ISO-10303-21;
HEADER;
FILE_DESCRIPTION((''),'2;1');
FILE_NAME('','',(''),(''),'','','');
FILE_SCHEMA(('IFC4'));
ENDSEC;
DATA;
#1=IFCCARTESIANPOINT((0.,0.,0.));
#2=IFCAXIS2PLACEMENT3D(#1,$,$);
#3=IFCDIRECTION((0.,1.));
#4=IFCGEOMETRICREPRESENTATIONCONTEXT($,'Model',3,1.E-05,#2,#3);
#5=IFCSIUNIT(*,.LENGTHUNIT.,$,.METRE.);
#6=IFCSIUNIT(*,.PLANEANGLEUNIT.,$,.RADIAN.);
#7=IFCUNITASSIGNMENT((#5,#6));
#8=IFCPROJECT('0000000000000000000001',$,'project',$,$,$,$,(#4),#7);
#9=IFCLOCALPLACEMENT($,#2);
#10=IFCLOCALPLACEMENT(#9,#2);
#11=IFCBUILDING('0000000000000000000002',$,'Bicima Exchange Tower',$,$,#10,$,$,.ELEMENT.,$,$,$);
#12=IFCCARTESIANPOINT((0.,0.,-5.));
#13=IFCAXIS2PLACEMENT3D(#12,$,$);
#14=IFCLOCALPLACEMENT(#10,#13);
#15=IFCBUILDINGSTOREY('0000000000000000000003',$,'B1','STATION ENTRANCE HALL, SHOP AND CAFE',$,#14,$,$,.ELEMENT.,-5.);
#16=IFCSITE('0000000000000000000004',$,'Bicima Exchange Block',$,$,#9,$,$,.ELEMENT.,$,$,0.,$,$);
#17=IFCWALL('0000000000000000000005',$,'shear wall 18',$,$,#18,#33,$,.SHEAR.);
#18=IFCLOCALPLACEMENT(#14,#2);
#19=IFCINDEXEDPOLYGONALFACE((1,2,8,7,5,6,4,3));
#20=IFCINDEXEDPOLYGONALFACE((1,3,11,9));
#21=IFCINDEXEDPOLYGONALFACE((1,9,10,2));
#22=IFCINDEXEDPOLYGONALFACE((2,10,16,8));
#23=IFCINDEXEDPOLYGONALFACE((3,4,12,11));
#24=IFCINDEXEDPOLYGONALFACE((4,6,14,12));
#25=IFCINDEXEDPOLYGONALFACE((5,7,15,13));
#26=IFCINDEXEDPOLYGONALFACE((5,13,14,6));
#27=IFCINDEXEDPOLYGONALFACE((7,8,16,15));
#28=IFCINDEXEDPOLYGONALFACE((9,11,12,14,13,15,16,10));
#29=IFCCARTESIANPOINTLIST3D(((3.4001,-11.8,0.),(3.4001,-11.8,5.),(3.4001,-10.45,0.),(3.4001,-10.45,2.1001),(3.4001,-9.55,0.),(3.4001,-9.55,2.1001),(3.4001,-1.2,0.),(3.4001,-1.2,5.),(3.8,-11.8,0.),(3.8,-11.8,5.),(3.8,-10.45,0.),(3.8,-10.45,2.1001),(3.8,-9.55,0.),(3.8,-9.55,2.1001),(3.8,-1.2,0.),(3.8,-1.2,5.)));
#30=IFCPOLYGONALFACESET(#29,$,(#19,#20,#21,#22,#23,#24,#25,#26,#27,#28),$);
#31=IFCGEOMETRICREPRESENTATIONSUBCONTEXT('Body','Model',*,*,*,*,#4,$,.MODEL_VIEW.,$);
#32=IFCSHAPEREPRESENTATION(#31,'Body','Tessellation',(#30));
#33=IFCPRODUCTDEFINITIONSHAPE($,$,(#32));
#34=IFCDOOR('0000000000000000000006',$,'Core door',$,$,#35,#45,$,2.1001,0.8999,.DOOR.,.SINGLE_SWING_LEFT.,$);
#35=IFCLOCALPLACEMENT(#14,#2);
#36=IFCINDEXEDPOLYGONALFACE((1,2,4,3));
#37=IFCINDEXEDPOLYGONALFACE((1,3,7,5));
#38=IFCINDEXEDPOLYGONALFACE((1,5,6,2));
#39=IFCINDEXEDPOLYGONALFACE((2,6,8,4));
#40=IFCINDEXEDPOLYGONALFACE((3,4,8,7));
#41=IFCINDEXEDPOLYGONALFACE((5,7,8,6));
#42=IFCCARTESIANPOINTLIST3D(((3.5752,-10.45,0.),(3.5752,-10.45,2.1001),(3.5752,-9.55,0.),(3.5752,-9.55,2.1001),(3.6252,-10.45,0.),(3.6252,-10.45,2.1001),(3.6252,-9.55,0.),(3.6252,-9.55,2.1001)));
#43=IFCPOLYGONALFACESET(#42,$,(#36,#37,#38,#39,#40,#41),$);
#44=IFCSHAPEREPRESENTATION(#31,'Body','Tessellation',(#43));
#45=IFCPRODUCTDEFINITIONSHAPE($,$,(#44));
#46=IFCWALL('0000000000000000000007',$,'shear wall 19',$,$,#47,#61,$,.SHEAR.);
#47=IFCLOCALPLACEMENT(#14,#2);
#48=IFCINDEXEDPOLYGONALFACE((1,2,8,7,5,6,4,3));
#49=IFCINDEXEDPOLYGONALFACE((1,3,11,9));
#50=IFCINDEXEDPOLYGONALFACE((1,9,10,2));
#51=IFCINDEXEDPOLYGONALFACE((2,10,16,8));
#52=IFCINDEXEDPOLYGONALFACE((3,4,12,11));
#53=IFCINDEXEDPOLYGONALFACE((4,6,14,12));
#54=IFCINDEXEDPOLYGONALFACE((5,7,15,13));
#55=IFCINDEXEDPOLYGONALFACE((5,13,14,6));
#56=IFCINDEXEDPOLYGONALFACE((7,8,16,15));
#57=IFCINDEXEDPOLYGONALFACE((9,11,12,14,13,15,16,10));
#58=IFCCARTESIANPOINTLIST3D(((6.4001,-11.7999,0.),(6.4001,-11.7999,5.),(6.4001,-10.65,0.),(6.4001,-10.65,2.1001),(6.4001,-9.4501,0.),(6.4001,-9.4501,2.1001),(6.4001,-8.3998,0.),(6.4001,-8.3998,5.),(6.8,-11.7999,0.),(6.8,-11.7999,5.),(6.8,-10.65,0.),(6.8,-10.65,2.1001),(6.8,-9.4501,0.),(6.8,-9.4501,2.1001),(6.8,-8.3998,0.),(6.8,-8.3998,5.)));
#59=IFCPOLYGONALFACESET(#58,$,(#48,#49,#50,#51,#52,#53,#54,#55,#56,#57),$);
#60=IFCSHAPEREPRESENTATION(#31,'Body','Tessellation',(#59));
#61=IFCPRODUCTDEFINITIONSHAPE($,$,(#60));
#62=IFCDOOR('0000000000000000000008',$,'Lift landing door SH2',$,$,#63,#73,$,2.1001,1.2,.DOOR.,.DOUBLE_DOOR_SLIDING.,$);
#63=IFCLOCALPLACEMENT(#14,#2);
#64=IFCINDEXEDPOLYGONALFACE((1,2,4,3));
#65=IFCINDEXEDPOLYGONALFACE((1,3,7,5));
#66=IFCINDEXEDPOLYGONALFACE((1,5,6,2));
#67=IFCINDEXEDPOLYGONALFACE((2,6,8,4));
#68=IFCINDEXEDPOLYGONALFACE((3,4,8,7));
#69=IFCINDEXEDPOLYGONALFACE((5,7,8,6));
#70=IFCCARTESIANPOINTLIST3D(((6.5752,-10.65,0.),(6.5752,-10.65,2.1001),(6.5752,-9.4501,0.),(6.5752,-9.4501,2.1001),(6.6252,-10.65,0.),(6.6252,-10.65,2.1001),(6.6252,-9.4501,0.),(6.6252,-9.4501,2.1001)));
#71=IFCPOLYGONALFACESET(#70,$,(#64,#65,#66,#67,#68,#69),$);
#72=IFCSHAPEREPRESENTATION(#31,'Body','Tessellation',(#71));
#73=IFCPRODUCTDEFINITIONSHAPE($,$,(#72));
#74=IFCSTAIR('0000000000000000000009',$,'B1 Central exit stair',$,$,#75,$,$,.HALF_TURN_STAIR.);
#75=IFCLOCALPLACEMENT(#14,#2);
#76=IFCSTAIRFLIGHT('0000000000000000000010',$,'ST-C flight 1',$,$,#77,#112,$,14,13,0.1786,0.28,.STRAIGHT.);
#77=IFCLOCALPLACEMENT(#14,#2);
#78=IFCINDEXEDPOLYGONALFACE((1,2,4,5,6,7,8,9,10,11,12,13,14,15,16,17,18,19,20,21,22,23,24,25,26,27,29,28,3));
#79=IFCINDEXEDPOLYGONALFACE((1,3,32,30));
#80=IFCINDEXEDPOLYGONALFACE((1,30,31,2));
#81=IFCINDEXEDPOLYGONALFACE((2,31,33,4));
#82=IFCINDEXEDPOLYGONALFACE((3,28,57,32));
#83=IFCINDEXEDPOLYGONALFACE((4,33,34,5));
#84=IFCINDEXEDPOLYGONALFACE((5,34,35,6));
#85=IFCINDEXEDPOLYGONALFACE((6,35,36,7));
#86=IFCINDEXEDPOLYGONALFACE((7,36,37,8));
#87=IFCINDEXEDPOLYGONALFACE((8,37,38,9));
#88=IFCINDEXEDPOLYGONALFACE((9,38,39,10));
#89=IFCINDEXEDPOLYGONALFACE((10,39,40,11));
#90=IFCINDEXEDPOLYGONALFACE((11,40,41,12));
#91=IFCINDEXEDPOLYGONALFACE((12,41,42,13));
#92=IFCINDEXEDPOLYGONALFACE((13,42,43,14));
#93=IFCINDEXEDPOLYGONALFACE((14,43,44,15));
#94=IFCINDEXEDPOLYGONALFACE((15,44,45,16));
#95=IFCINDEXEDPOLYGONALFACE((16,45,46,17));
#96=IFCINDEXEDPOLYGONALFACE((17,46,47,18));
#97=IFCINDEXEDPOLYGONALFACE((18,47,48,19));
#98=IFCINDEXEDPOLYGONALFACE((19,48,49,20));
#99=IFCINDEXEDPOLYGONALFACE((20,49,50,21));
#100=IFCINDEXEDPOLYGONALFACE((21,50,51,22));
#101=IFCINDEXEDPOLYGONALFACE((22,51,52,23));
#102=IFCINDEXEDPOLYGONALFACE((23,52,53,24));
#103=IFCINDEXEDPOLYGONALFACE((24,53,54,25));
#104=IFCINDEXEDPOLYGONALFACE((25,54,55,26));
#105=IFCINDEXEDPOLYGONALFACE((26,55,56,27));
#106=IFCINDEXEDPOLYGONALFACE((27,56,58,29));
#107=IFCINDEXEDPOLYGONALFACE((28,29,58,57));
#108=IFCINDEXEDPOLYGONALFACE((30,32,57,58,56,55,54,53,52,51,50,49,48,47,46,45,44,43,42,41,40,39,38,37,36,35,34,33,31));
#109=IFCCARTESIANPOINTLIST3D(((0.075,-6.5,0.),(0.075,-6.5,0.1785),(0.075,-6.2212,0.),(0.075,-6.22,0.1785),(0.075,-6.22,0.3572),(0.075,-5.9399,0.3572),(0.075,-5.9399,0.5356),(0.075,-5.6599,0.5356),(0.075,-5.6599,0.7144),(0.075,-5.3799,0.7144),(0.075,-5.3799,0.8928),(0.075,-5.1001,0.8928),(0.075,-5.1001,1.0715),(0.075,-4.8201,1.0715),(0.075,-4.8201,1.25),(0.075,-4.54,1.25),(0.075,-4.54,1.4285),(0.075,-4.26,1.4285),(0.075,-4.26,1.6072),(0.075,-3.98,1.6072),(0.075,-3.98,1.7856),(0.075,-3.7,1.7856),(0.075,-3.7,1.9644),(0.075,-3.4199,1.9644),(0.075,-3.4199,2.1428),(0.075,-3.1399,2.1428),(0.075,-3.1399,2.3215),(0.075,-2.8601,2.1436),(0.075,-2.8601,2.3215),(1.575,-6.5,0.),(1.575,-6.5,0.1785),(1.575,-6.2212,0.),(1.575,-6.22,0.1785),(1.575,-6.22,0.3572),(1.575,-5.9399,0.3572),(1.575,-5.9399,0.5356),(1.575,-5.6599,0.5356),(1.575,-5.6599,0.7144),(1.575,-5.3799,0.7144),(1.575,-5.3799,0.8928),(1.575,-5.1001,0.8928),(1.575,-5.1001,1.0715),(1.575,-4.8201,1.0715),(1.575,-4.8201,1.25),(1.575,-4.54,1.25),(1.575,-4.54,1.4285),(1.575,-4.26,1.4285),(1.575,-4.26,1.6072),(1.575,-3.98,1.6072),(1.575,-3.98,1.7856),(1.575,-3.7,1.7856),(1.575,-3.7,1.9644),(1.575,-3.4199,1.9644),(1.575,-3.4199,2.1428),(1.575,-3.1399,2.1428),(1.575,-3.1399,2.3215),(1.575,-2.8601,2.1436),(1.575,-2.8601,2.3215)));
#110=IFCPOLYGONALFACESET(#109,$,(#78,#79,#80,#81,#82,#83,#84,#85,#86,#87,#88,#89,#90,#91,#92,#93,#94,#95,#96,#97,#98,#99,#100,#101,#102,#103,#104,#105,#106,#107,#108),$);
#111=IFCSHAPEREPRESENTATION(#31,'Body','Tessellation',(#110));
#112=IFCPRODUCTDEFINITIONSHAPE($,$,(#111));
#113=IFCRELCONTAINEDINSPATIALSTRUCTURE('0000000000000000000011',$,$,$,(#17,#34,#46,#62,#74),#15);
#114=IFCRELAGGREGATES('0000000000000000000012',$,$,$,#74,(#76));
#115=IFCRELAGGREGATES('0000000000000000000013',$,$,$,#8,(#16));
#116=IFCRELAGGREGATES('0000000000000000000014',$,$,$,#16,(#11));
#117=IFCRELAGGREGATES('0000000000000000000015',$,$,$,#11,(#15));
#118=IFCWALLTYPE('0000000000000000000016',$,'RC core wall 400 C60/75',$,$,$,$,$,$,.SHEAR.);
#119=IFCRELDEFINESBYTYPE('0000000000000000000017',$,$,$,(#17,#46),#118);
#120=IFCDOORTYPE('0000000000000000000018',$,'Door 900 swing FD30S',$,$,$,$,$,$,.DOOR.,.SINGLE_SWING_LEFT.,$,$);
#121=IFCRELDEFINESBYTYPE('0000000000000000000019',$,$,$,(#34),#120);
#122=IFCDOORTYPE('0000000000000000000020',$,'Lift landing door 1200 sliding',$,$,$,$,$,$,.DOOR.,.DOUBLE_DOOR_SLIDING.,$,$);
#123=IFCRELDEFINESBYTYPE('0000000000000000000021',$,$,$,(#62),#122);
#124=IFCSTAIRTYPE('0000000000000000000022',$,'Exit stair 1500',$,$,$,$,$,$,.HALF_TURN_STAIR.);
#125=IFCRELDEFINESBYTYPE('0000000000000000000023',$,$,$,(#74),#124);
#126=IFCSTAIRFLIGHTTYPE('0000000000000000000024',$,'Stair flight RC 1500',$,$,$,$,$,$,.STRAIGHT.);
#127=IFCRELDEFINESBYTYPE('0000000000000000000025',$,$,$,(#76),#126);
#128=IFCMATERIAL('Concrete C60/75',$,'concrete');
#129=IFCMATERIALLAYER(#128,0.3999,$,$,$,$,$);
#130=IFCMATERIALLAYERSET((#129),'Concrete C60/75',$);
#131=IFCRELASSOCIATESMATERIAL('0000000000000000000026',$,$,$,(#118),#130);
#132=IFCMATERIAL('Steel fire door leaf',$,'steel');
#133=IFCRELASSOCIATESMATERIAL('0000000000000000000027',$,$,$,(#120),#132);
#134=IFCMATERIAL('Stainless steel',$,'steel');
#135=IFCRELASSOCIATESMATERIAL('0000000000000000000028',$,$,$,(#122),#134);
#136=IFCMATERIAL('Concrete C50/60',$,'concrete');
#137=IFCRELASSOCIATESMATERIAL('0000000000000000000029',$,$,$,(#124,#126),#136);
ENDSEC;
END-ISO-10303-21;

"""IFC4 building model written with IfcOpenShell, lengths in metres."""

from ifc_helpers import new_model, si_unit, direction, frame, frame_2d, origin, place, context, subcontext, project, spatial, polyline, rectangle, outline, extrude, material, layer, layer_set, type_object, element, fill, aggregate, save


model = new_model("IFC4")

# Units and contexts
model_context = context("Model", 3, precision=1e-05, world=origin(), true_north=direction((0.0, 1.0)))
body_context = subcontext(model_context, "Body", "Model", "MODEL_VIEW")
ifc_project = project(units=[si_unit("LENGTHUNIT", "METRE"), si_unit("PLANEANGLEUNIT", "RADIAN")], contexts=[model_context])

# Site, building, storey
site_placement = place(None, origin())
site = spatial("IfcSite", under=ifc_project, at=site_placement, Name="Bicima Exchange Block", CompositionType="ELEMENT", RefElevation=0.0)
building_placement = place(site_placement, origin())
building = spatial("IfcBuilding", under=site, at=building_placement, Name="Bicima Exchange Tower", CompositionType="ELEMENT")
storey_placement = place(building_placement, frame((0.0, 0.0, -5.0)))
storey = spatial("IfcBuildingStorey", under=building, at=storey_placement, Name="B1", Description="STATION ENTRANCE HALL, SHOP AND CAFE", CompositionType="ELEMENT", Elevation=-5.0)

# Shared definitions
ifc_material_1 = material(Name="Concrete C50/60", Category="concrete")

# Shared definitions
ifc_material_2 = material(Name="Concrete C60/75", Category="concrete")
ifc_layer_1 = layer(ifc_material_2, 0.3999)
ifc_layer_set_1 = layer_set([ifc_layer_1], Name="Concrete C60/75")
wall_type_1 = type_object("IfcWallType", Name="RC core wall 400 C60/75", PredefinedType="SHEAR", material=ifc_layer_set_1)
ifc_material_3 = material(Name="Steel fire door leaf", Category="steel")
door_type_1 = type_object("IfcDoorType", Name="Door 900 swing FD30S", OperationType="SINGLE_SWING_LEFT", PredefinedType="DOOR", material=ifc_material_3)

# Shared definitions
ifc_material_4 = material(Name="Stainless steel", Category="steel")

# Walls, openings, doors
wall_1_placement = place(storey_placement, frame((3.6001, -11.8, 0.0), z_axis=(0.0, 0.0, 1.0), x_axis=(0.0, 1.0, 0.0)))
wall_1 = element("IfcWall", 1, at=wall_1_placement, inside=storey, type_object=wall_type_1, Name="shear wall 18", PredefinedType="SHEAR", context=body_context, shape_type="SweptSolid", body=[
    extrude(rectangle(XDim=10.6001, YDim=0.3999, at=frame_2d((5.3, 0.0))), origin(), (0.0, 0.0, 1.0), 5.0),
])
opening_1_placement = place(wall_1_placement, frame((1.3501, 0.0, 0.0)))
opening_1 = element("IfcOpeningElement", 2, at=opening_1_placement, cuts=wall_1, PredefinedType="OPENING", context=body_context, shape_type="SweptSolid", body=[
    extrude(rectangle(XDim=0.8999, YDim=2.1001, at=frame_2d((0.45, 1.05))), frame((0.0, 0.2119, 0.0), z_axis=(0.0, -1.0, 0.0), x_axis=(1.0, 0.0, 0.0)), (0.0, 0.0, 1.0), 0.4238),
])
door_1_placement = place(opening_1_placement, origin())
door_1 = element("IfcDoor", 3, at=door_1_placement, inside=storey, type_object=door_type_1, Name="Core door", OperationType="SINGLE_SWING_LEFT", OverallHeight=2.1001, OverallWidth=0.8999, PredefinedType="DOOR", context=body_context, shape_type="SweptSolid", body=[
    extrude(rectangle(XDim=0.8999, YDim=2.1001, at=frame_2d((0.45, 1.05))), frame((0.0, 0.0249, 0.0), z_axis=(0.0, -1.0, 0.0), x_axis=(1.0, 0.0, 0.0)), (0.0, 0.0, 1.0), 0.05),
])
fill(opening_1, door_1)
wall_2_placement = place(storey_placement, frame((6.6001, -11.8, 0.0), z_axis=(0.0, 0.0, 1.0), x_axis=(0.0, 1.0, 0.0)))
wall_2 = element("IfcWall", 4, at=wall_2_placement, inside=storey, type_object=wall_type_1, Name="shear wall 19", PredefinedType="SHEAR", context=body_context, shape_type="SweptSolid", body=[
    extrude(rectangle(XDim=3.4001, YDim=0.3999, at=frame_2d((1.7002, 0.0))), origin(), (0.0, 0.0, 1.0), 5.0),
])
opening_2_placement = place(wall_2_placement, frame((1.1499, 0.0, 0.0)))
opening_2 = element("IfcOpeningElement", 5, at=opening_2_placement, cuts=wall_2, PredefinedType="OPENING", context=body_context, shape_type="SweptSolid", body=[
    extrude(rectangle(XDim=1.2, YDim=2.1001, at=frame_2d((0.6001, 1.05))), frame((0.0, 0.2119, 0.0), z_axis=(0.0, -1.0, 0.0), x_axis=(1.0, 0.0, 0.0)), (0.0, 0.0, 1.0), 0.4238),
])
door_type_2 = type_object("IfcDoorType", Name="Lift landing door 1200 sliding", OperationType="DOUBLE_DOOR_SLIDING", PredefinedType="DOOR", material=ifc_material_4)
door_2_placement = place(opening_2_placement, origin())
door_2 = element("IfcDoor", 6, at=door_2_placement, inside=storey, type_object=door_type_2, Name="Lift landing door SH2", OperationType="DOUBLE_DOOR_SLIDING", OverallHeight=2.1001, OverallWidth=1.2, PredefinedType="DOOR", context=body_context, shape_type="SweptSolid", body=[
    extrude(rectangle(XDim=1.2, YDim=2.1001, at=frame_2d((0.6001, 1.05))), frame((0.0, 0.0249, 0.0), z_axis=(0.0, -1.0, 0.0), x_axis=(1.0, 0.0, 0.0)), (0.0, 0.0, 1.0), 0.05),
])
fill(opening_2, door_2)

# Stair, stair flight
stair_type = type_object("IfcStairType", Name="Exit stair 1500", PredefinedType="HALF_TURN_STAIR", material=ifc_material_1)
stair_placement = place(storey_placement, origin())
stair = element("IfcStair", 7, at=stair_placement, inside=storey, type_object=stair_type, Name="B1 Central exit stair", PredefinedType="HALF_TURN_STAIR")
stair_flight_type = type_object("IfcStairFlightType", Name="Stair flight RC 1500", PredefinedType="STRAIGHT", material=ifc_material_1)
stair_flight_placement = place(storey_placement, frame((0.825, -6.5, 0.0), z_axis=(0.0, 0.0, 1.0), x_axis=(0.0, 1.0, 0.0)))
stair_flight = element("IfcStairFlight", 8, at=stair_flight_placement, type_object=stair_flight_type, Name="ST-C flight 1", NumberOfRisers=14, NumberOfTreads=13, PredefinedType="STRAIGHT", RiserHeight=0.1786, TreadLength=0.28, context=body_context, shape_type="SweptSolid", body=[
    extrude(outline(polyline([(0.0, 0.0), (0.0, 0.1785), (0.28, 0.1785), (0.28, 0.3572), (0.5601, 0.3572), (0.5601, 0.5356), (0.8401, 0.5356), (0.8401, 0.7144), (1.1201, 0.7144), (1.1201, 0.8928), (1.3999, 0.8928), (1.3999, 1.0715), (1.6799, 1.0715), (1.6799, 1.25), (1.96, 1.25), (1.96, 1.4285), (2.24, 1.4285), (2.24, 1.6072), (2.52, 1.6072), (2.52, 1.7856), (2.8, 1.7856), (2.8, 1.9644), (3.0801, 1.9644), (3.0801, 2.1428), (3.3601, 2.1428), (3.3601, 2.3215), (3.6399, 2.3215), (3.6399, 2.5), (3.6399, 2.1436), (0.2788, 0.0), (0.0, 0.0)])), frame((0.0, 0.75, 0.0), z_axis=(0.0, -1.0, 0.0), x_axis=(1.0, 0.0, 0.0)), (0.0, 0.0, 1.0), 1.5),
])
aggregate(stair, [stair_flight])

save(model, "model.ifc")
